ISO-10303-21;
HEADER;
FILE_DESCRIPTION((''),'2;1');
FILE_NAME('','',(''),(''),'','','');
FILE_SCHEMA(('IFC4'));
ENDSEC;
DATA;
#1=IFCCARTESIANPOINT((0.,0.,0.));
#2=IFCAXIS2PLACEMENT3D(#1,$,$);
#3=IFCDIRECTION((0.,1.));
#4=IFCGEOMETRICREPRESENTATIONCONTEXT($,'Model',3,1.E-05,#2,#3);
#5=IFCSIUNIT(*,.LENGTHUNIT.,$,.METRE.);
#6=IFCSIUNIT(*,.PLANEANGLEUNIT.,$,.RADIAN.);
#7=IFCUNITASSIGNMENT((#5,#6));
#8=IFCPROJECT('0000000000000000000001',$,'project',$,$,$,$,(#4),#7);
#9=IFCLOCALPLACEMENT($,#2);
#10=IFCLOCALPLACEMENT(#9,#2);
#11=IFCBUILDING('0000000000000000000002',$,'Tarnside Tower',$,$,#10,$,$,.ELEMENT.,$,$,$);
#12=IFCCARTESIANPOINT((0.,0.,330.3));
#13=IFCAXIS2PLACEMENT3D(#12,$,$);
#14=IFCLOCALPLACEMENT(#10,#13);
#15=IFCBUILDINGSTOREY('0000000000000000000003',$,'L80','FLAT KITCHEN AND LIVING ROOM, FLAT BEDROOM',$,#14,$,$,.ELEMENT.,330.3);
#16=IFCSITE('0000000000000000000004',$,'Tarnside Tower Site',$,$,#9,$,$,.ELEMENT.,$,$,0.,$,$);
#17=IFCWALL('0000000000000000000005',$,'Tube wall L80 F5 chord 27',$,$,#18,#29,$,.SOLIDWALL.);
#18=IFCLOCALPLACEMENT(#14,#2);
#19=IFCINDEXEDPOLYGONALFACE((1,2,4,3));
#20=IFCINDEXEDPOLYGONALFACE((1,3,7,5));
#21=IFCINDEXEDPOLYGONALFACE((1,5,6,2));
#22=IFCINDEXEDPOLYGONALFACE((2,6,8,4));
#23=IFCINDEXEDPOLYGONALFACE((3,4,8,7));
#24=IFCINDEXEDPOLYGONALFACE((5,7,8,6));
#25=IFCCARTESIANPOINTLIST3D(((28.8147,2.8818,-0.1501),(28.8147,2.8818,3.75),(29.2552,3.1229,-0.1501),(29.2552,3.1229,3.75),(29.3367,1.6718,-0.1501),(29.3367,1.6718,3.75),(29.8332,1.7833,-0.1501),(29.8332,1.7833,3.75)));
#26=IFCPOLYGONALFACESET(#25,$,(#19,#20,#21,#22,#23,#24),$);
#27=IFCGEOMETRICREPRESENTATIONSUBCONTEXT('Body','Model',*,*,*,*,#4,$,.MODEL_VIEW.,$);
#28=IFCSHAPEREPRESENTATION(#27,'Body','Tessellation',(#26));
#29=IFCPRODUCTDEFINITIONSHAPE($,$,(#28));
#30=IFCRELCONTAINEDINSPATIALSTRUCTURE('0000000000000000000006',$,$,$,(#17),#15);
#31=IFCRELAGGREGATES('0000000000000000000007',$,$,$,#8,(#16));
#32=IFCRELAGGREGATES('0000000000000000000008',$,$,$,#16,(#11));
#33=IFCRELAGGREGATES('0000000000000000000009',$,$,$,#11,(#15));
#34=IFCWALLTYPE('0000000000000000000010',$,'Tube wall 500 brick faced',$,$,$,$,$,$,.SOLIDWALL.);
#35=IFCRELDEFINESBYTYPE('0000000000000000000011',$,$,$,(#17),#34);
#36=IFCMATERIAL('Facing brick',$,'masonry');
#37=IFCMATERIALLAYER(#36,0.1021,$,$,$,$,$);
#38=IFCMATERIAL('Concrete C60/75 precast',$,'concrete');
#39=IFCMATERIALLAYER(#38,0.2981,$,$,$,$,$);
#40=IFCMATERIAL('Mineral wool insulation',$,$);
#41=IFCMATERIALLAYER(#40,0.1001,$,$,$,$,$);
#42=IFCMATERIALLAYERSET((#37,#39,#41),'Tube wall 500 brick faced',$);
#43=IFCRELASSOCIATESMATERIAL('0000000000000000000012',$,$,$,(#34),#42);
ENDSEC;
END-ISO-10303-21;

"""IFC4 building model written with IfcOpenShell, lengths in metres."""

from ifc_helpers import new_model, si_unit, direction, frame, origin, place, context, subcontext, project, spatial, polyline, outline, extrude, material, layer, layer_set, type_object, element, save


model = new_model("IFC4")

# Units and contexts
model_context = context("Model", 3, precision=1e-05, world=origin(), true_north=direction((0.0, 1.0)))
body_context = subcontext(model_context, "Body", "Model", "MODEL_VIEW")
ifc_project = project(units=[si_unit("LENGTHUNIT", "METRE"), si_unit("PLANEANGLEUNIT", "RADIAN")], contexts=[model_context])

# Site, building, storey
site_placement = place(None, origin())
site = spatial("IfcSite", under=ifc_project, at=site_placement, Name="Tarnside Tower Site", CompositionType="ELEMENT", RefElevation=0.0)
building_placement = place(site_placement, origin())
building = spatial("IfcBuilding", under=site, at=building_placement, Name="Tarnside Tower", CompositionType="ELEMENT")
storey_placement = place(building_placement, frame((0.0, 0.0, 330.3)))
storey = spatial("IfcBuildingStorey", under=building, at=storey_placement, Name="L80", Description="FLAT KITCHEN AND LIVING ROOM, FLAT BEDROOM", CompositionType="ELEMENT", Elevation=330.3)

# Shared definitions
ifc_material_1 = material(Name="Concrete C60/75 precast", Category="concrete")
ifc_material_2 = material(Name="Mineral wool insulation")

# Wall
ifc_material_3 = material(Name="Facing brick", Category="masonry")
ifc_layer_1 = layer(ifc_material_3, 0.1021)
ifc_layer_2 = layer(ifc_material_1, 0.2981)
ifc_layer_3 = layer(ifc_material_2, 0.1001)
ifc_layer_set_1 = layer_set([ifc_layer_1, ifc_layer_2, ifc_layer_3], Name="Tube wall 500 brick faced")
wall_type_1 = type_object("IfcWallType", Name="Tube wall 500 brick faced", PredefinedType="SOLIDWALL", material=ifc_layer_set_1)
wall_1_placement = place(storey_placement, frame((29.585, 1.7275, -0.1501), z_axis=(0.0, 0.0, 1.0), x_axis=(-0.396146, 0.918187, 0.0)))
element("IfcWall", 1, at=wall_1_placement, inside=storey, type_object=wall_type_1, Name="Tube wall L80 F5 chord 27", PredefinedType="SOLIDWALL", context=body_context, shape_type="SweptSolid", body=[
    extrude(outline(polyline([(-0.0471, -0.25), (1.4119, -0.25), (1.365, 0.25), (0.0471, 0.25), (-0.0471, -0.25)])), origin(), (0.0, 0.0, 1.0), 3.9001),
])

save(model, "model.ifc")
